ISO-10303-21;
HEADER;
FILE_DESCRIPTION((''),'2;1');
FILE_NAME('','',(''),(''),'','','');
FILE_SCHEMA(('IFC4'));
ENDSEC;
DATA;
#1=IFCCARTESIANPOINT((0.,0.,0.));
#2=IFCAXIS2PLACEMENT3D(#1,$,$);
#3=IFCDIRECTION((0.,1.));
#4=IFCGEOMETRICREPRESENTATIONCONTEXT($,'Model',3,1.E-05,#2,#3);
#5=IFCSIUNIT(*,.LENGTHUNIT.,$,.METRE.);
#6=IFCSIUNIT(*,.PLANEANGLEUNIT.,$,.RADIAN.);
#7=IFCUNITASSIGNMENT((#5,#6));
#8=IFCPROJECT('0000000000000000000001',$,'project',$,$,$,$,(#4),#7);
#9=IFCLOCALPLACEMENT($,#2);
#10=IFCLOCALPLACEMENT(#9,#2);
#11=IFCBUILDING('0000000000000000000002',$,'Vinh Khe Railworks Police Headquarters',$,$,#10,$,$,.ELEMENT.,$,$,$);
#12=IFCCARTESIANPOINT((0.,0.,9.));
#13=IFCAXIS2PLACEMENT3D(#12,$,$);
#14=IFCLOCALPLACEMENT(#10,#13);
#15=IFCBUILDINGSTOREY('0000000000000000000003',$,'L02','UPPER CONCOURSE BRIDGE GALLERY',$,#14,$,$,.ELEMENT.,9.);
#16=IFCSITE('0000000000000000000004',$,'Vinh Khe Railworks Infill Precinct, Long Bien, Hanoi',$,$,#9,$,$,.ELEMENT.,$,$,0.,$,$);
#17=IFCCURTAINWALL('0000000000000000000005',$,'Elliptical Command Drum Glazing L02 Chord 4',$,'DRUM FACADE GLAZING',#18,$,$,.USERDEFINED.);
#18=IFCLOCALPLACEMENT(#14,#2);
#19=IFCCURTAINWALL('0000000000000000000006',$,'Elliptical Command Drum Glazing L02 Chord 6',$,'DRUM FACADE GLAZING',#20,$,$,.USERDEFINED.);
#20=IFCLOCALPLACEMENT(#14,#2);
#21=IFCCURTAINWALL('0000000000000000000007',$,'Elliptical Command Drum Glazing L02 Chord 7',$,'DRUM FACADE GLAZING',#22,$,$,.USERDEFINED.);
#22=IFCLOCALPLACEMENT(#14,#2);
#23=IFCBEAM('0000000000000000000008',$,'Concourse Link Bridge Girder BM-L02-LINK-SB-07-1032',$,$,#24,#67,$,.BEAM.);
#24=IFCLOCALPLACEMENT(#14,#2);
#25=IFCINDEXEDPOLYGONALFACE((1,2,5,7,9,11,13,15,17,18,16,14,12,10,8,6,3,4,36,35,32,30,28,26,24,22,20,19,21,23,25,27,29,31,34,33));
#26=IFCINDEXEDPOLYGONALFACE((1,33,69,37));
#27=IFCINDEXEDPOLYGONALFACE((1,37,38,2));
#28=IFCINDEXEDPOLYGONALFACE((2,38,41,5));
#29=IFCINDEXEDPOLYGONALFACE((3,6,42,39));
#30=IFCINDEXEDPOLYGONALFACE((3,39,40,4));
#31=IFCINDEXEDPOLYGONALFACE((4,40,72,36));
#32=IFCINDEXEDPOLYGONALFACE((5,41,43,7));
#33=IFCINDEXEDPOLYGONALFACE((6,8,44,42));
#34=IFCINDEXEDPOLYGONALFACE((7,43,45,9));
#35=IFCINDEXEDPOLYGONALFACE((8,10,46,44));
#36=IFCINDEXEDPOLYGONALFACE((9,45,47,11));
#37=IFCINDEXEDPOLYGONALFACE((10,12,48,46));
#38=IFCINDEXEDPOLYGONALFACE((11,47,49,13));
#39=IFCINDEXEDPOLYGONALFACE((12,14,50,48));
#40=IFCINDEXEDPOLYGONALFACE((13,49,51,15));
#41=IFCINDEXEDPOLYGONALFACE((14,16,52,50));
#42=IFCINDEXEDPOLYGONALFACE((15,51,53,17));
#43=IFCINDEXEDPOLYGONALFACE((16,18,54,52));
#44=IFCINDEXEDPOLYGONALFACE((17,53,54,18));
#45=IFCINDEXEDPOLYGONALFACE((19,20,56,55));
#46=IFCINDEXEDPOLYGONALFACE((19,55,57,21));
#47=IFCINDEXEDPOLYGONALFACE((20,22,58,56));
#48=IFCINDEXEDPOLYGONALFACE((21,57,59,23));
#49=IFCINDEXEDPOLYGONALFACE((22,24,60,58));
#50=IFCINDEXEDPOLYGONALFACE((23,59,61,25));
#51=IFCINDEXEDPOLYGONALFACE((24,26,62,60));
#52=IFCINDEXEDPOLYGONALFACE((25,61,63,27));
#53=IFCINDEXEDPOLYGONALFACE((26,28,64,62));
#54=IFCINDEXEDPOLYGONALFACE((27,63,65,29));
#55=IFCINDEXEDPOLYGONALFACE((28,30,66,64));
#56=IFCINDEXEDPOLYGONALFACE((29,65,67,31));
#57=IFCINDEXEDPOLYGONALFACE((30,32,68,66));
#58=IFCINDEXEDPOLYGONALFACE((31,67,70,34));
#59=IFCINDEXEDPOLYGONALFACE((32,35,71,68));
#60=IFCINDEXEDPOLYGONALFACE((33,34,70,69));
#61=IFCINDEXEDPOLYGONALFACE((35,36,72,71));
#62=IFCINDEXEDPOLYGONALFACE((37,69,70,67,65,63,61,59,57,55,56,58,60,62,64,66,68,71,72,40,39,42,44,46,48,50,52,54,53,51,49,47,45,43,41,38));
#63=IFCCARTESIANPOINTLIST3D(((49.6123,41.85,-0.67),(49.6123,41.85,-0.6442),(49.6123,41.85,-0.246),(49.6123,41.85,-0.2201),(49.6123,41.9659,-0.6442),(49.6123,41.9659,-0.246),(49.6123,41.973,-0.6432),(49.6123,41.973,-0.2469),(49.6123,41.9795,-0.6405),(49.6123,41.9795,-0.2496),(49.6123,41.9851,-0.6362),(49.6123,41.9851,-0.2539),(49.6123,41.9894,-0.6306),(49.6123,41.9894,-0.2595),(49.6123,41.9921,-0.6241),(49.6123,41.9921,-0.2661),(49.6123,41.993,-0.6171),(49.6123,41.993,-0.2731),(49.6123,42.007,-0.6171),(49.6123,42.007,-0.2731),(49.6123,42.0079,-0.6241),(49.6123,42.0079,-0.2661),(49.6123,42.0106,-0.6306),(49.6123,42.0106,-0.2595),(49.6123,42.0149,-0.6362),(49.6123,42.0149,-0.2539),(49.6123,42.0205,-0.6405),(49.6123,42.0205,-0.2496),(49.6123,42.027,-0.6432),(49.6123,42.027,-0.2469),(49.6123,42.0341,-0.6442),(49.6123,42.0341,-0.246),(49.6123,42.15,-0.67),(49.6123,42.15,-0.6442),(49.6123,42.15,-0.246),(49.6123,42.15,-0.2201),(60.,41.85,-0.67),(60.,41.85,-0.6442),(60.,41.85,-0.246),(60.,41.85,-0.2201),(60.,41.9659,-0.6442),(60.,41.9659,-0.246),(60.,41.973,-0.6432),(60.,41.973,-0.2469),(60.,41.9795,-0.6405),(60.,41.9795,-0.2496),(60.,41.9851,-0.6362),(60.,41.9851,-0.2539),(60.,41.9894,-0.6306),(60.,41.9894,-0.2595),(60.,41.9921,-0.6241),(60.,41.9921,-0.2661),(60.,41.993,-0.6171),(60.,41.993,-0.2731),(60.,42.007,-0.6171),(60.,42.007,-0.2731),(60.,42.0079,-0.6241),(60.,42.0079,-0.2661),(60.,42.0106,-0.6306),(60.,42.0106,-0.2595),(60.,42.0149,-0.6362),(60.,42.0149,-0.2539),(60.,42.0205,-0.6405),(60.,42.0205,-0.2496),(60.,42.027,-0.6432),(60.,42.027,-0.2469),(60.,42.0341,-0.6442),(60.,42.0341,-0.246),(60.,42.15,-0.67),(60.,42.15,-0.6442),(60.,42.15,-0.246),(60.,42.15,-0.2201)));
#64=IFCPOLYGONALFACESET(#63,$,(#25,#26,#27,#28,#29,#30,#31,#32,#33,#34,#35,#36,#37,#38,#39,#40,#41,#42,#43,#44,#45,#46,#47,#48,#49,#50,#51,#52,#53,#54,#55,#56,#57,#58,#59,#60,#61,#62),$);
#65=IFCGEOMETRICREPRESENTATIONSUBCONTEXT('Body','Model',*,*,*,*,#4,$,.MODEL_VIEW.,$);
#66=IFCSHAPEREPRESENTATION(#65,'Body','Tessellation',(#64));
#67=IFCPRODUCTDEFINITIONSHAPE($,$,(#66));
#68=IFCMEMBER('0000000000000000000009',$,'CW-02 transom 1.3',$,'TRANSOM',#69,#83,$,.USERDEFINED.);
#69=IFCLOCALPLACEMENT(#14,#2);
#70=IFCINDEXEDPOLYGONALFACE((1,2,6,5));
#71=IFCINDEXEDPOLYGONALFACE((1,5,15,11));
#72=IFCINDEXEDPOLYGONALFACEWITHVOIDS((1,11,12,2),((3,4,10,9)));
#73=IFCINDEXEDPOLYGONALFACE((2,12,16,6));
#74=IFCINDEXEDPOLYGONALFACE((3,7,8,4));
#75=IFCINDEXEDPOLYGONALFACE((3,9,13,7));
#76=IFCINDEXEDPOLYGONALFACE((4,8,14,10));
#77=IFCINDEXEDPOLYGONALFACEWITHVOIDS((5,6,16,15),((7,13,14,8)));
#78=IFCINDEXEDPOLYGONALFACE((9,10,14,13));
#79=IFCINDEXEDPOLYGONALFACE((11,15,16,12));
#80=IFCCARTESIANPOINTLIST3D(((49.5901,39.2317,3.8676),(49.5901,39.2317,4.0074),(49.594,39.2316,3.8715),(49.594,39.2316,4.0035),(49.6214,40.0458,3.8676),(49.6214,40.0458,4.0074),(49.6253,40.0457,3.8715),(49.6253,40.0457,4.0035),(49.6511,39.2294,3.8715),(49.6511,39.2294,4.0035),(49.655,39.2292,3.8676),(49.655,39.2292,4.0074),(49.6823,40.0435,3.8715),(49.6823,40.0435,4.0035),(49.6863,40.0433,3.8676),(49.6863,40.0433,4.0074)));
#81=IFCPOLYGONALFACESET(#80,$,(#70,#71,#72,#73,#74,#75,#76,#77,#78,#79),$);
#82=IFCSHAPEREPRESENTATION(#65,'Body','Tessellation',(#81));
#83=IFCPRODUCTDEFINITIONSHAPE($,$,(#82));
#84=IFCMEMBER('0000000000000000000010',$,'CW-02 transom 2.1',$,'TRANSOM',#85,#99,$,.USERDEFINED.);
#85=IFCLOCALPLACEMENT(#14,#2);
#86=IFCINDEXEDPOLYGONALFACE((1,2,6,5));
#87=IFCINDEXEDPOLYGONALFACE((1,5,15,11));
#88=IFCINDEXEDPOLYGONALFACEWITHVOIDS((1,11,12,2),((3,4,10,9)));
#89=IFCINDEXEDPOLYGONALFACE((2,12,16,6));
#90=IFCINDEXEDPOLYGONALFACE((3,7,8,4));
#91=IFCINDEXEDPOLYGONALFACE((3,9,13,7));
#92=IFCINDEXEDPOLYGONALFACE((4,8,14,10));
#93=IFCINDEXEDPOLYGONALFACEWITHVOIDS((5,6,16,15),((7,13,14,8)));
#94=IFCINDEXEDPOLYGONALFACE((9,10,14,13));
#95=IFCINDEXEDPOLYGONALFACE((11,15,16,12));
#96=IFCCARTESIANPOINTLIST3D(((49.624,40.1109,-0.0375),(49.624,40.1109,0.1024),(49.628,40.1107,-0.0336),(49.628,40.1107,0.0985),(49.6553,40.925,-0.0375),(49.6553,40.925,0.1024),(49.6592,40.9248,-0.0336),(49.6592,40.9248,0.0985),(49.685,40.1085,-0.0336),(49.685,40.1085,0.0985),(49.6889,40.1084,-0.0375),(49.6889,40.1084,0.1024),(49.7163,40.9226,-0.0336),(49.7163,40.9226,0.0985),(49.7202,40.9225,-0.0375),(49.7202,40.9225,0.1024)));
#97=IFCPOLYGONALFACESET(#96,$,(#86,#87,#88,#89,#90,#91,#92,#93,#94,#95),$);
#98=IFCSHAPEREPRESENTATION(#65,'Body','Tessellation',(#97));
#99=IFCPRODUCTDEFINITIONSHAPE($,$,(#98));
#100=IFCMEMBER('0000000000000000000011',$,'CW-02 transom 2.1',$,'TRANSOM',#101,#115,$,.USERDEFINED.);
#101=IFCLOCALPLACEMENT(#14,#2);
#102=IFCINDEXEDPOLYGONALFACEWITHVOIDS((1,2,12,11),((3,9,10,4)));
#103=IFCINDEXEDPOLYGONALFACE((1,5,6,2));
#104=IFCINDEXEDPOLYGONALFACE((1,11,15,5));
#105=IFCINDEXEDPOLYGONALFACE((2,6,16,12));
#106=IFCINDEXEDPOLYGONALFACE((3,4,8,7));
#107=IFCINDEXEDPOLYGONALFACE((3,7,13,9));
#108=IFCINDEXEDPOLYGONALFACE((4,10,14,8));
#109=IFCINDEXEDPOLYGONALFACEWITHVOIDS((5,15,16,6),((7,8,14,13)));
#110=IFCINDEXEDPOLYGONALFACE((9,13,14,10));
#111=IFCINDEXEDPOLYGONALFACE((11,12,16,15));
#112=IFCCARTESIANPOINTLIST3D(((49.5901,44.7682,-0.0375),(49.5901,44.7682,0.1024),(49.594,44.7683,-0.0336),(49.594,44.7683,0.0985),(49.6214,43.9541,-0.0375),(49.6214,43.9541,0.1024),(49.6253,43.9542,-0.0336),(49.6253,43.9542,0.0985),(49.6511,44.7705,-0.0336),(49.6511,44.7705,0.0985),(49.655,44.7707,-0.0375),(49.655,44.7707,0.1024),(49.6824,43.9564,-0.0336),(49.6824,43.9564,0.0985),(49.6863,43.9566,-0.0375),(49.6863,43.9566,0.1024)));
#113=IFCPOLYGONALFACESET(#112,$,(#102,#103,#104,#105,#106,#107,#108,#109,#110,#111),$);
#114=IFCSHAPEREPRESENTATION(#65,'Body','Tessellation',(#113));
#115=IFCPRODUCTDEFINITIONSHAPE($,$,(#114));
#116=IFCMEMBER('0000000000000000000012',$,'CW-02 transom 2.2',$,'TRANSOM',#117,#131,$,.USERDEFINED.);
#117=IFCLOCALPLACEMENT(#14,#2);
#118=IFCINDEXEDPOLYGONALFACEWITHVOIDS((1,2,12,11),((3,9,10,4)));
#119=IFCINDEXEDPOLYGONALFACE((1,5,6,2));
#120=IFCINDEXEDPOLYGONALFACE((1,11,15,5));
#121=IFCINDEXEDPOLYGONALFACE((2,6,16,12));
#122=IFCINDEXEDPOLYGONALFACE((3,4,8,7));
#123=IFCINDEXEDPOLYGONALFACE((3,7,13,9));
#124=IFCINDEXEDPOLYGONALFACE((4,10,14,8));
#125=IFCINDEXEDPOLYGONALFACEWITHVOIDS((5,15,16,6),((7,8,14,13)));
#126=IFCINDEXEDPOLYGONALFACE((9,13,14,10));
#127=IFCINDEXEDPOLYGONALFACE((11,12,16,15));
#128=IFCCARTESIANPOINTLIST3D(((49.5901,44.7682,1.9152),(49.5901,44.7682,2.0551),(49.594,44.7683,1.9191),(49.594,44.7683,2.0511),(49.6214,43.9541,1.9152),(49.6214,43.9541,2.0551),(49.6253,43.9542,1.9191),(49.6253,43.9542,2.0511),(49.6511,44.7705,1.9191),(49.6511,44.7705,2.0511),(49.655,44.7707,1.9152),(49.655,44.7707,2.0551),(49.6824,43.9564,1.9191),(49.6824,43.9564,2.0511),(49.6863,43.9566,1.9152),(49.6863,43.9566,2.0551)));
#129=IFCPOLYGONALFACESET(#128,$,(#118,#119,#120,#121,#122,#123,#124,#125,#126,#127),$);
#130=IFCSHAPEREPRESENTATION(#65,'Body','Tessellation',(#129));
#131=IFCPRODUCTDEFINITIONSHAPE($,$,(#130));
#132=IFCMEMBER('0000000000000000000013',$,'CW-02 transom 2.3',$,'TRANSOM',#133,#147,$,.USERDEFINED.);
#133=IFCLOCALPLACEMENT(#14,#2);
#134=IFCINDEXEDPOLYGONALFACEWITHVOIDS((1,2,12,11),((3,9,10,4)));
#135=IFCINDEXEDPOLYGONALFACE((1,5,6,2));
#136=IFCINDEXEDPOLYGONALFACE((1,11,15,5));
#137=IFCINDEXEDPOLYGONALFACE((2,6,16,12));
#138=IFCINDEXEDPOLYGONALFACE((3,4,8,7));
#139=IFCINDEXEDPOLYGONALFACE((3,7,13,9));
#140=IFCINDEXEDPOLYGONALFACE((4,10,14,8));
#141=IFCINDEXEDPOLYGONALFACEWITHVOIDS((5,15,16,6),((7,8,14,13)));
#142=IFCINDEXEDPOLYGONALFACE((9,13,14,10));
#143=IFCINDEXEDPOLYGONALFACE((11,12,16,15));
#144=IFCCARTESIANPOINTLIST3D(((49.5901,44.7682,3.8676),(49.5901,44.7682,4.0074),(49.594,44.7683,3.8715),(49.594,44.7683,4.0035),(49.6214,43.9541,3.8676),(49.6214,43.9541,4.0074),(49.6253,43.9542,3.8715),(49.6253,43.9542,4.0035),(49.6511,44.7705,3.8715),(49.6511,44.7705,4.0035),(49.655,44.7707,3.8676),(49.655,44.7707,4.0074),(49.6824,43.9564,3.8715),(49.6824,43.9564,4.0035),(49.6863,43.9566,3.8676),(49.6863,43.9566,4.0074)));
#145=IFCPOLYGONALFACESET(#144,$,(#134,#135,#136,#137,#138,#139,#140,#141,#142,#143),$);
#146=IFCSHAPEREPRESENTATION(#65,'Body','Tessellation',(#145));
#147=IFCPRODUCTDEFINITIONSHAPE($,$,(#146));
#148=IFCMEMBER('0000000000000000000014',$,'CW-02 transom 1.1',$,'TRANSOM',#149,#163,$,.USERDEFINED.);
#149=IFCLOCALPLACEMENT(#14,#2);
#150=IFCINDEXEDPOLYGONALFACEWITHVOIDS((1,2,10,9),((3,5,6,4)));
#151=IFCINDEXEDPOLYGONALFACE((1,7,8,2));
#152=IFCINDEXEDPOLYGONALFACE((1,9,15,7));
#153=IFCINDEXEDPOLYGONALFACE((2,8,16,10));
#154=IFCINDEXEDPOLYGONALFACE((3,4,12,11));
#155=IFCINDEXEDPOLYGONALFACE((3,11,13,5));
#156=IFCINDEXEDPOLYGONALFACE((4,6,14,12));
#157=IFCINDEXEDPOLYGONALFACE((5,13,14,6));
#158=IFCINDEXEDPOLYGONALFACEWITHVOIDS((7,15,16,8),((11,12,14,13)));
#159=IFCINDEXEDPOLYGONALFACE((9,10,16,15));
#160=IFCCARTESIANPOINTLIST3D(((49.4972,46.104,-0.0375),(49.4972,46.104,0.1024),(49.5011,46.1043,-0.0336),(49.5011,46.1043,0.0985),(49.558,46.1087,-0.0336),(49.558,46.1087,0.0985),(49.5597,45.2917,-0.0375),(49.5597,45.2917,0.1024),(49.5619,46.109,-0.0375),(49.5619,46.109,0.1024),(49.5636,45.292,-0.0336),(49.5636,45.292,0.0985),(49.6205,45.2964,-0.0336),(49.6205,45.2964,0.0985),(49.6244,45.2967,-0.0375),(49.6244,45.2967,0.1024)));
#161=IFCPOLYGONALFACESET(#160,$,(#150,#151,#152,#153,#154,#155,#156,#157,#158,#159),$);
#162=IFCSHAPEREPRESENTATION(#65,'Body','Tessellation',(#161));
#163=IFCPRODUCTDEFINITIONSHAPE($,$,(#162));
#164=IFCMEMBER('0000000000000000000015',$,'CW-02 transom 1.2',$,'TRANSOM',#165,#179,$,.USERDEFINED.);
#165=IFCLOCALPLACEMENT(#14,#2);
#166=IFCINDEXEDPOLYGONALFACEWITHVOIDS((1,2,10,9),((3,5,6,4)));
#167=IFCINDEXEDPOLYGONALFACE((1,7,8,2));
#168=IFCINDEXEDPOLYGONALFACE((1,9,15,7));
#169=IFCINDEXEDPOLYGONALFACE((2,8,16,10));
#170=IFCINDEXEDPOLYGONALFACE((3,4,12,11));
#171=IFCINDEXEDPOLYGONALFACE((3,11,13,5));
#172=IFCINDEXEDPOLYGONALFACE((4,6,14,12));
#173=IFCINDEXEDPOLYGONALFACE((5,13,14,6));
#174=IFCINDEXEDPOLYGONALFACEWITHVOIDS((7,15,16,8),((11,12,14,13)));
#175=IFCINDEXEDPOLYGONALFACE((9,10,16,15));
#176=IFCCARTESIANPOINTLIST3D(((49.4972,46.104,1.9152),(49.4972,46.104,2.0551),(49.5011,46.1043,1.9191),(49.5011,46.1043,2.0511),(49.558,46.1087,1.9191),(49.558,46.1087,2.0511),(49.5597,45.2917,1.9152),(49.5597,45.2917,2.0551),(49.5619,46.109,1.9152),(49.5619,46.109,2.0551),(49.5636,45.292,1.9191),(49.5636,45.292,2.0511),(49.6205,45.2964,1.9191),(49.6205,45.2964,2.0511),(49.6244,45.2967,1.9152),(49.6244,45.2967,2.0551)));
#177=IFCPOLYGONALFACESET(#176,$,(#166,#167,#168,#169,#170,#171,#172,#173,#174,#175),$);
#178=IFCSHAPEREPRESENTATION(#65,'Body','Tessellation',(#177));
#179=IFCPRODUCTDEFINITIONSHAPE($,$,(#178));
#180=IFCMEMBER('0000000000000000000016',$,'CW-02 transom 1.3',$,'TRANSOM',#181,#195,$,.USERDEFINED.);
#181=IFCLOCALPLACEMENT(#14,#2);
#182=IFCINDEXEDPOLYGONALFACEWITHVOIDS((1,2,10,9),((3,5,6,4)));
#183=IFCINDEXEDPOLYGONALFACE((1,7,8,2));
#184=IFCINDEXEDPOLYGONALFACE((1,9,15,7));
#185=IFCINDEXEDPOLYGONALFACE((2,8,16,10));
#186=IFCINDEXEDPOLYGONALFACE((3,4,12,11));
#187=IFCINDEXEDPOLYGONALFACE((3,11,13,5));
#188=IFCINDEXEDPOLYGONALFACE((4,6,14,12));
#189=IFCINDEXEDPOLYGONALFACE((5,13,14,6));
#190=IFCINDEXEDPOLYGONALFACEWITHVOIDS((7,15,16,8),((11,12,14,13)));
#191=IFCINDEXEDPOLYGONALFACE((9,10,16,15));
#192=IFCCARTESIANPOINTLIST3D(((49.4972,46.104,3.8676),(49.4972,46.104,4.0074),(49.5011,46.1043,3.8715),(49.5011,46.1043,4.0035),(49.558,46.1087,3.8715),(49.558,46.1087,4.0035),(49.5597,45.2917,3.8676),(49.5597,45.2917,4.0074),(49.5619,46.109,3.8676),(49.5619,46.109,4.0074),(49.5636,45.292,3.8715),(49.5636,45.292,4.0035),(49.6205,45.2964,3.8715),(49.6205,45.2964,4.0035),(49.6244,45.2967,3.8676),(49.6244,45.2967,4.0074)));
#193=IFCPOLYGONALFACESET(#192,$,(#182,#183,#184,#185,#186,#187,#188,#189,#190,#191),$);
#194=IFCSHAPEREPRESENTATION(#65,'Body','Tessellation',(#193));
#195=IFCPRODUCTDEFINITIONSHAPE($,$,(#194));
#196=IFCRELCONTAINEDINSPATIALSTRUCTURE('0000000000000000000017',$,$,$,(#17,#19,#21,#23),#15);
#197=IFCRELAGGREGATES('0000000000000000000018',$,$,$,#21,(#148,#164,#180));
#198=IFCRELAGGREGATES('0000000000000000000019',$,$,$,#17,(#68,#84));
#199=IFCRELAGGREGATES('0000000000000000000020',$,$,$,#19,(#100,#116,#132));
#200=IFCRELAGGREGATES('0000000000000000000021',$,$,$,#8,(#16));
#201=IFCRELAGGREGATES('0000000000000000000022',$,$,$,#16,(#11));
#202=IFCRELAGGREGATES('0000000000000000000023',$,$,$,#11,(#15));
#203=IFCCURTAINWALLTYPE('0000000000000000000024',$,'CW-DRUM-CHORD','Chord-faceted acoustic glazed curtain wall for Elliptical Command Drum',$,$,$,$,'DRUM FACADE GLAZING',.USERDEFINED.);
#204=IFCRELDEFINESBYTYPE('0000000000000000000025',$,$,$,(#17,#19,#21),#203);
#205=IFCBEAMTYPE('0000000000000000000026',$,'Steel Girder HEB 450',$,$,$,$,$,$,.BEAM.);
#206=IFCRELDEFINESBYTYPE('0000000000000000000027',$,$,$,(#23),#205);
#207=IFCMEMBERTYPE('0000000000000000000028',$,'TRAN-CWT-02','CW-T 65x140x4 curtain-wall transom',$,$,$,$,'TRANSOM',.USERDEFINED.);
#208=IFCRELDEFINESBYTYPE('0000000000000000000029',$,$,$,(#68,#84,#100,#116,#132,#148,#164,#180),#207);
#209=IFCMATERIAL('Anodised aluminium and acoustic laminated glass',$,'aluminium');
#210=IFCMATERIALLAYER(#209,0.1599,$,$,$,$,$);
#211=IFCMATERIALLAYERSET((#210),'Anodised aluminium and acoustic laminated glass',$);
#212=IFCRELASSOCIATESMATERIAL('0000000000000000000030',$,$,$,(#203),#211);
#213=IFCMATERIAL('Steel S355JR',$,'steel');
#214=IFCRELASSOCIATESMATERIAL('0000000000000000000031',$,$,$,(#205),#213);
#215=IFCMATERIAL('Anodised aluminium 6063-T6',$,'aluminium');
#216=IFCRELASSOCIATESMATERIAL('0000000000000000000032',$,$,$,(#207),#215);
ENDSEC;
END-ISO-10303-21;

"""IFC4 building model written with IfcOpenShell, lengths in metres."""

from ifc_helpers import new_model, si_unit, direction, frame, origin, origin_2d, place, context, subcontext, project, spatial, hollow_rectangle, i_section, extrude, material, layer, layer_set, material_profile, profile_set, type_object, element, aggregate, save


model = new_model("IFC4")

# Units and contexts
model_context = context("Model", 3, precision=1e-05, world=origin(), true_north=direction((0.0, 1.0)))
body_context = subcontext(model_context, "Body", "Model", "MODEL_VIEW")
ifc_project = project(units=[si_unit("LENGTHUNIT", "METRE"), si_unit("PLANEANGLEUNIT", "RADIAN")], contexts=[model_context])

# Site, building, storey
site_placement = place(None, origin())
site = spatial("IfcSite", under=ifc_project, at=site_placement, Name="Vinh Khe Railworks Infill Precinct, Long Bien, Hanoi", CompositionType="ELEMENT", RefElevation=0.0)
building_placement = place(site_placement, origin())
building = spatial("IfcBuilding", under=site, at=building_placement, Name="Vinh Khe Railworks Police Headquarters", CompositionType="ELEMENT")
storey_placement = place(building_placement, frame((0.0, 0.0, 9.0)))
storey = spatial("IfcBuildingStorey", under=building, at=storey_placement, Name="L02", Description="UPPER CONCOURSE BRIDGE GALLERY", CompositionType="ELEMENT", Elevation=9.0)

# Shared definitions
ifc_material_1 = material(Name="Steel S355JR", Category="steel")

# Curtain wall
ifc_material_2 = material(Name="Anodised aluminium and acoustic laminated glass", Category="aluminium")
ifc_layer_1 = layer(ifc_material_2, 0.1599)
ifc_layer_set_1 = layer_set([ifc_layer_1], Name="Anodised aluminium and acoustic laminated glass")
curtain_wall_type = type_object("IfcCurtainWallType", Name="CW-DRUM-CHORD", Description="Chord-faceted acoustic glazed curtain wall for Elliptical Command Drum", ElementType="DRUM FACADE GLAZING", PredefinedType="USERDEFINED", material=ifc_layer_set_1)
curtain_wall_1_placement = place(storey_placement, origin())
curtain_wall_1 = element("IfcCurtainWall", 1, at=curtain_wall_1_placement, inside=storey, type_object=curtain_wall_type, Name="Elliptical Command Drum Glazing L02 Chord 4", ObjectType="DRUM FACADE GLAZING", PredefinedType="USERDEFINED")
ifc_material_3 = material(Name="Anodised aluminium 6063-T6", Category="aluminium")

# Curtain wall
curtain_wall_2_placement = place(storey_placement, origin())
curtain_wall_2 = element("IfcCurtainWall", 2, at=curtain_wall_2_placement, inside=storey, type_object=curtain_wall_type, Name="Elliptical Command Drum Glazing L02 Chord 6", ObjectType="DRUM FACADE GLAZING", PredefinedType="USERDEFINED")

# Curtain wall
curtain_wall_3_placement = place(storey_placement, origin())
curtain_wall_3 = element("IfcCurtainWall", 3, at=curtain_wall_3_placement, inside=storey, type_object=curtain_wall_type, Name="Elliptical Command Drum Glazing L02 Chord 7", ObjectType="DRUM FACADE GLAZING", PredefinedType="USERDEFINED")

# Beam
ifc_material_profile_1 = material_profile(ifc_material_1, i_section(OverallWidth=0.3, OverallDepth=0.45, WebThickness=0.0139, FlangeThickness=0.0259, FilletRadius=0.0271, at=origin_2d()), Name="HEB 450")
ifc_profile_set_1 = profile_set([ifc_material_profile_1], Name="Steel S355JR")
beam_type_1 = type_object("IfcBeamType", Name="Steel Girder HEB 450", PredefinedType="BEAM", material=ifc_profile_set_1)
beam_1_placement = place(storey_placement, frame((49.6123, 42.0, -0.4451), z_axis=(1.0, 0.0, 0.0), x_axis=(0.0, 1.0, 0.0)))
element("IfcBeam", 4, at=beam_1_placement, inside=storey, type_object=beam_type_1, Name="Concourse Link Bridge Girder BM-L02-LINK-SB-07-1032", PredefinedType="BEAM", context=body_context, shape_type="SweptSolid", body=[
    extrude(i_section(OverallWidth=0.3, OverallDepth=0.45, WebThickness=0.0139, FlangeThickness=0.0259, FilletRadius=0.0271, at=origin_2d()), origin(), (0.0, 0.0, 1.0), 10.3877),
])

# Members
ifc_material_profile_2 = material_profile(ifc_material_3, hollow_rectangle(XDim=0.0649, YDim=0.1399, WallThickness=0.0039, at=origin_2d()), Name="CW-T 65x140x4")
ifc_profile_set_2 = profile_set([ifc_material_profile_2], Name="Anodised aluminium 6063-T6")
member_type_1 = type_object("IfcMemberType", Name="TRAN-CWT-02", Description="CW-T 65x140x4 curtain-wall transom", ElementType="TRANSOM", PredefinedType="USERDEFINED", material=ifc_profile_set_2)
member_1_placement = place(storey_placement, frame((49.6226, 39.2305, 3.9375), z_axis=(0.038353, 0.999264, 0.0), x_axis=(-0.999264, 0.038353, 0.0)))
member_1 = element("IfcMember", 5, at=member_1_placement, type_object=member_type_1, Name="CW-02 transom 1.3", ObjectType="TRANSOM", PredefinedType="USERDEFINED", context=body_context, shape_type="SweptSolid", body=[
    extrude(hollow_rectangle(XDim=0.0649, YDim=0.1399, WallThickness=0.0039, at=origin_2d()), origin(), (0.0, 0.0, 1.0), 0.8147),
])
member_2_placement = place(storey_placement, frame((49.6565, 40.1096, 0.0325), z_axis=(0.038353, 0.999264, 0.0), x_axis=(-0.999264, 0.038353, 0.0)))
member_2 = element("IfcMember", 6, at=member_2_placement, type_object=member_type_1, Name="CW-02 transom 2.1", ObjectType="TRANSOM", PredefinedType="USERDEFINED", context=body_context, shape_type="SweptSolid", body=[
    extrude(hollow_rectangle(XDim=0.0649, YDim=0.1399, WallThickness=0.0039, at=origin_2d()), origin(), (0.0, 0.0, 1.0), 0.8147),
])
member_3_placement = place(storey_placement, frame((49.6538, 43.9553, 0.0325), z_axis=(-0.038353, 0.999264, 0.0), x_axis=(-0.999264, -0.038353, 0.0)))
member_3 = element("IfcMember", 7, at=member_3_placement, type_object=member_type_1, Name="CW-02 transom 2.1", ObjectType="TRANSOM", PredefinedType="USERDEFINED", context=body_context, shape_type="SweptSolid", body=[
    extrude(hollow_rectangle(XDim=0.0649, YDim=0.1399, WallThickness=0.0039, at=origin_2d()), origin(), (0.0, 0.0, 1.0), 0.8147),
])
member_4_placement = place(storey_placement, frame((49.6538, 43.9553, 1.9851), z_axis=(-0.038353, 0.999264, 0.0), x_axis=(-0.999264, -0.038353, 0.0)))
member_4 = element("IfcMember", 8, at=member_4_placement, type_object=member_type_1, Name="CW-02 transom 2.2", ObjectType="TRANSOM", PredefinedType="USERDEFINED", context=body_context, shape_type="SweptSolid", body=[
    extrude(hollow_rectangle(XDim=0.0649, YDim=0.1399, WallThickness=0.0039, at=origin_2d()), origin(), (0.0, 0.0, 1.0), 0.8147),
])
member_5_placement = place(storey_placement, frame((49.6538, 43.9553, 3.9375), z_axis=(-0.038353, 0.999264, 0.0), x_axis=(-0.999264, -0.038353, 0.0)))
member_5 = element("IfcMember", 9, at=member_5_placement, type_object=member_type_1, Name="CW-02 transom 2.3", ObjectType="TRANSOM", PredefinedType="USERDEFINED", context=body_context, shape_type="SweptSolid", body=[
    extrude(hollow_rectangle(XDim=0.0649, YDim=0.1399, WallThickness=0.0039, at=origin_2d()), origin(), (0.0, 0.0, 1.0), 0.8147),
])
member_6_placement = place(storey_placement, frame((49.592, 45.2942, 0.0325), z_axis=(-0.076719, 0.997053, 0.0), x_axis=(-0.997053, -0.076719, 0.0)))
member_6 = element("IfcMember", 10, at=member_6_placement, type_object=member_type_1, Name="CW-02 transom 1.1", ObjectType="TRANSOM", PredefinedType="USERDEFINED", context=body_context, shape_type="SweptSolid", body=[
    extrude(hollow_rectangle(XDim=0.0649, YDim=0.1399, WallThickness=0.0039, at=origin_2d()), origin(), (0.0, 0.0, 1.0), 0.8147),
])
member_7_placement = place(storey_placement, frame((49.592, 45.2942, 1.9851), z_axis=(-0.076719, 0.997053, 0.0), x_axis=(-0.997053, -0.076719, 0.0)))
member_7 = element("IfcMember", 11, at=member_7_placement, type_object=member_type_1, Name="CW-02 transom 1.2", ObjectType="TRANSOM", PredefinedType="USERDEFINED", context=body_context, shape_type="SweptSolid", body=[
    extrude(hollow_rectangle(XDim=0.0649, YDim=0.1399, WallThickness=0.0039, at=origin_2d()), origin(), (0.0, 0.0, 1.0), 0.8147),
])
member_8_placement = place(storey_placement, frame((49.592, 45.2942, 3.9375), z_axis=(-0.076719, 0.997053, 0.0), x_axis=(-0.997053, -0.076719, 0.0)))
member_8 = element("IfcMember", 12, at=member_8_placement, type_object=member_type_1, Name="CW-02 transom 1.3", ObjectType="TRANSOM", PredefinedType="USERDEFINED", context=body_context, shape_type="SweptSolid", body=[
    extrude(hollow_rectangle(XDim=0.0649, YDim=0.1399, WallThickness=0.0039, at=origin_2d()), origin(), (0.0, 0.0, 1.0), 0.8147),
])
aggregate(curtain_wall_3, [member_6, member_7, member_8])

aggregate(curtain_wall_1, [member_1, member_2])
aggregate(curtain_wall_2, [member_3, member_4, member_5])

save(model, "model.ifc")
